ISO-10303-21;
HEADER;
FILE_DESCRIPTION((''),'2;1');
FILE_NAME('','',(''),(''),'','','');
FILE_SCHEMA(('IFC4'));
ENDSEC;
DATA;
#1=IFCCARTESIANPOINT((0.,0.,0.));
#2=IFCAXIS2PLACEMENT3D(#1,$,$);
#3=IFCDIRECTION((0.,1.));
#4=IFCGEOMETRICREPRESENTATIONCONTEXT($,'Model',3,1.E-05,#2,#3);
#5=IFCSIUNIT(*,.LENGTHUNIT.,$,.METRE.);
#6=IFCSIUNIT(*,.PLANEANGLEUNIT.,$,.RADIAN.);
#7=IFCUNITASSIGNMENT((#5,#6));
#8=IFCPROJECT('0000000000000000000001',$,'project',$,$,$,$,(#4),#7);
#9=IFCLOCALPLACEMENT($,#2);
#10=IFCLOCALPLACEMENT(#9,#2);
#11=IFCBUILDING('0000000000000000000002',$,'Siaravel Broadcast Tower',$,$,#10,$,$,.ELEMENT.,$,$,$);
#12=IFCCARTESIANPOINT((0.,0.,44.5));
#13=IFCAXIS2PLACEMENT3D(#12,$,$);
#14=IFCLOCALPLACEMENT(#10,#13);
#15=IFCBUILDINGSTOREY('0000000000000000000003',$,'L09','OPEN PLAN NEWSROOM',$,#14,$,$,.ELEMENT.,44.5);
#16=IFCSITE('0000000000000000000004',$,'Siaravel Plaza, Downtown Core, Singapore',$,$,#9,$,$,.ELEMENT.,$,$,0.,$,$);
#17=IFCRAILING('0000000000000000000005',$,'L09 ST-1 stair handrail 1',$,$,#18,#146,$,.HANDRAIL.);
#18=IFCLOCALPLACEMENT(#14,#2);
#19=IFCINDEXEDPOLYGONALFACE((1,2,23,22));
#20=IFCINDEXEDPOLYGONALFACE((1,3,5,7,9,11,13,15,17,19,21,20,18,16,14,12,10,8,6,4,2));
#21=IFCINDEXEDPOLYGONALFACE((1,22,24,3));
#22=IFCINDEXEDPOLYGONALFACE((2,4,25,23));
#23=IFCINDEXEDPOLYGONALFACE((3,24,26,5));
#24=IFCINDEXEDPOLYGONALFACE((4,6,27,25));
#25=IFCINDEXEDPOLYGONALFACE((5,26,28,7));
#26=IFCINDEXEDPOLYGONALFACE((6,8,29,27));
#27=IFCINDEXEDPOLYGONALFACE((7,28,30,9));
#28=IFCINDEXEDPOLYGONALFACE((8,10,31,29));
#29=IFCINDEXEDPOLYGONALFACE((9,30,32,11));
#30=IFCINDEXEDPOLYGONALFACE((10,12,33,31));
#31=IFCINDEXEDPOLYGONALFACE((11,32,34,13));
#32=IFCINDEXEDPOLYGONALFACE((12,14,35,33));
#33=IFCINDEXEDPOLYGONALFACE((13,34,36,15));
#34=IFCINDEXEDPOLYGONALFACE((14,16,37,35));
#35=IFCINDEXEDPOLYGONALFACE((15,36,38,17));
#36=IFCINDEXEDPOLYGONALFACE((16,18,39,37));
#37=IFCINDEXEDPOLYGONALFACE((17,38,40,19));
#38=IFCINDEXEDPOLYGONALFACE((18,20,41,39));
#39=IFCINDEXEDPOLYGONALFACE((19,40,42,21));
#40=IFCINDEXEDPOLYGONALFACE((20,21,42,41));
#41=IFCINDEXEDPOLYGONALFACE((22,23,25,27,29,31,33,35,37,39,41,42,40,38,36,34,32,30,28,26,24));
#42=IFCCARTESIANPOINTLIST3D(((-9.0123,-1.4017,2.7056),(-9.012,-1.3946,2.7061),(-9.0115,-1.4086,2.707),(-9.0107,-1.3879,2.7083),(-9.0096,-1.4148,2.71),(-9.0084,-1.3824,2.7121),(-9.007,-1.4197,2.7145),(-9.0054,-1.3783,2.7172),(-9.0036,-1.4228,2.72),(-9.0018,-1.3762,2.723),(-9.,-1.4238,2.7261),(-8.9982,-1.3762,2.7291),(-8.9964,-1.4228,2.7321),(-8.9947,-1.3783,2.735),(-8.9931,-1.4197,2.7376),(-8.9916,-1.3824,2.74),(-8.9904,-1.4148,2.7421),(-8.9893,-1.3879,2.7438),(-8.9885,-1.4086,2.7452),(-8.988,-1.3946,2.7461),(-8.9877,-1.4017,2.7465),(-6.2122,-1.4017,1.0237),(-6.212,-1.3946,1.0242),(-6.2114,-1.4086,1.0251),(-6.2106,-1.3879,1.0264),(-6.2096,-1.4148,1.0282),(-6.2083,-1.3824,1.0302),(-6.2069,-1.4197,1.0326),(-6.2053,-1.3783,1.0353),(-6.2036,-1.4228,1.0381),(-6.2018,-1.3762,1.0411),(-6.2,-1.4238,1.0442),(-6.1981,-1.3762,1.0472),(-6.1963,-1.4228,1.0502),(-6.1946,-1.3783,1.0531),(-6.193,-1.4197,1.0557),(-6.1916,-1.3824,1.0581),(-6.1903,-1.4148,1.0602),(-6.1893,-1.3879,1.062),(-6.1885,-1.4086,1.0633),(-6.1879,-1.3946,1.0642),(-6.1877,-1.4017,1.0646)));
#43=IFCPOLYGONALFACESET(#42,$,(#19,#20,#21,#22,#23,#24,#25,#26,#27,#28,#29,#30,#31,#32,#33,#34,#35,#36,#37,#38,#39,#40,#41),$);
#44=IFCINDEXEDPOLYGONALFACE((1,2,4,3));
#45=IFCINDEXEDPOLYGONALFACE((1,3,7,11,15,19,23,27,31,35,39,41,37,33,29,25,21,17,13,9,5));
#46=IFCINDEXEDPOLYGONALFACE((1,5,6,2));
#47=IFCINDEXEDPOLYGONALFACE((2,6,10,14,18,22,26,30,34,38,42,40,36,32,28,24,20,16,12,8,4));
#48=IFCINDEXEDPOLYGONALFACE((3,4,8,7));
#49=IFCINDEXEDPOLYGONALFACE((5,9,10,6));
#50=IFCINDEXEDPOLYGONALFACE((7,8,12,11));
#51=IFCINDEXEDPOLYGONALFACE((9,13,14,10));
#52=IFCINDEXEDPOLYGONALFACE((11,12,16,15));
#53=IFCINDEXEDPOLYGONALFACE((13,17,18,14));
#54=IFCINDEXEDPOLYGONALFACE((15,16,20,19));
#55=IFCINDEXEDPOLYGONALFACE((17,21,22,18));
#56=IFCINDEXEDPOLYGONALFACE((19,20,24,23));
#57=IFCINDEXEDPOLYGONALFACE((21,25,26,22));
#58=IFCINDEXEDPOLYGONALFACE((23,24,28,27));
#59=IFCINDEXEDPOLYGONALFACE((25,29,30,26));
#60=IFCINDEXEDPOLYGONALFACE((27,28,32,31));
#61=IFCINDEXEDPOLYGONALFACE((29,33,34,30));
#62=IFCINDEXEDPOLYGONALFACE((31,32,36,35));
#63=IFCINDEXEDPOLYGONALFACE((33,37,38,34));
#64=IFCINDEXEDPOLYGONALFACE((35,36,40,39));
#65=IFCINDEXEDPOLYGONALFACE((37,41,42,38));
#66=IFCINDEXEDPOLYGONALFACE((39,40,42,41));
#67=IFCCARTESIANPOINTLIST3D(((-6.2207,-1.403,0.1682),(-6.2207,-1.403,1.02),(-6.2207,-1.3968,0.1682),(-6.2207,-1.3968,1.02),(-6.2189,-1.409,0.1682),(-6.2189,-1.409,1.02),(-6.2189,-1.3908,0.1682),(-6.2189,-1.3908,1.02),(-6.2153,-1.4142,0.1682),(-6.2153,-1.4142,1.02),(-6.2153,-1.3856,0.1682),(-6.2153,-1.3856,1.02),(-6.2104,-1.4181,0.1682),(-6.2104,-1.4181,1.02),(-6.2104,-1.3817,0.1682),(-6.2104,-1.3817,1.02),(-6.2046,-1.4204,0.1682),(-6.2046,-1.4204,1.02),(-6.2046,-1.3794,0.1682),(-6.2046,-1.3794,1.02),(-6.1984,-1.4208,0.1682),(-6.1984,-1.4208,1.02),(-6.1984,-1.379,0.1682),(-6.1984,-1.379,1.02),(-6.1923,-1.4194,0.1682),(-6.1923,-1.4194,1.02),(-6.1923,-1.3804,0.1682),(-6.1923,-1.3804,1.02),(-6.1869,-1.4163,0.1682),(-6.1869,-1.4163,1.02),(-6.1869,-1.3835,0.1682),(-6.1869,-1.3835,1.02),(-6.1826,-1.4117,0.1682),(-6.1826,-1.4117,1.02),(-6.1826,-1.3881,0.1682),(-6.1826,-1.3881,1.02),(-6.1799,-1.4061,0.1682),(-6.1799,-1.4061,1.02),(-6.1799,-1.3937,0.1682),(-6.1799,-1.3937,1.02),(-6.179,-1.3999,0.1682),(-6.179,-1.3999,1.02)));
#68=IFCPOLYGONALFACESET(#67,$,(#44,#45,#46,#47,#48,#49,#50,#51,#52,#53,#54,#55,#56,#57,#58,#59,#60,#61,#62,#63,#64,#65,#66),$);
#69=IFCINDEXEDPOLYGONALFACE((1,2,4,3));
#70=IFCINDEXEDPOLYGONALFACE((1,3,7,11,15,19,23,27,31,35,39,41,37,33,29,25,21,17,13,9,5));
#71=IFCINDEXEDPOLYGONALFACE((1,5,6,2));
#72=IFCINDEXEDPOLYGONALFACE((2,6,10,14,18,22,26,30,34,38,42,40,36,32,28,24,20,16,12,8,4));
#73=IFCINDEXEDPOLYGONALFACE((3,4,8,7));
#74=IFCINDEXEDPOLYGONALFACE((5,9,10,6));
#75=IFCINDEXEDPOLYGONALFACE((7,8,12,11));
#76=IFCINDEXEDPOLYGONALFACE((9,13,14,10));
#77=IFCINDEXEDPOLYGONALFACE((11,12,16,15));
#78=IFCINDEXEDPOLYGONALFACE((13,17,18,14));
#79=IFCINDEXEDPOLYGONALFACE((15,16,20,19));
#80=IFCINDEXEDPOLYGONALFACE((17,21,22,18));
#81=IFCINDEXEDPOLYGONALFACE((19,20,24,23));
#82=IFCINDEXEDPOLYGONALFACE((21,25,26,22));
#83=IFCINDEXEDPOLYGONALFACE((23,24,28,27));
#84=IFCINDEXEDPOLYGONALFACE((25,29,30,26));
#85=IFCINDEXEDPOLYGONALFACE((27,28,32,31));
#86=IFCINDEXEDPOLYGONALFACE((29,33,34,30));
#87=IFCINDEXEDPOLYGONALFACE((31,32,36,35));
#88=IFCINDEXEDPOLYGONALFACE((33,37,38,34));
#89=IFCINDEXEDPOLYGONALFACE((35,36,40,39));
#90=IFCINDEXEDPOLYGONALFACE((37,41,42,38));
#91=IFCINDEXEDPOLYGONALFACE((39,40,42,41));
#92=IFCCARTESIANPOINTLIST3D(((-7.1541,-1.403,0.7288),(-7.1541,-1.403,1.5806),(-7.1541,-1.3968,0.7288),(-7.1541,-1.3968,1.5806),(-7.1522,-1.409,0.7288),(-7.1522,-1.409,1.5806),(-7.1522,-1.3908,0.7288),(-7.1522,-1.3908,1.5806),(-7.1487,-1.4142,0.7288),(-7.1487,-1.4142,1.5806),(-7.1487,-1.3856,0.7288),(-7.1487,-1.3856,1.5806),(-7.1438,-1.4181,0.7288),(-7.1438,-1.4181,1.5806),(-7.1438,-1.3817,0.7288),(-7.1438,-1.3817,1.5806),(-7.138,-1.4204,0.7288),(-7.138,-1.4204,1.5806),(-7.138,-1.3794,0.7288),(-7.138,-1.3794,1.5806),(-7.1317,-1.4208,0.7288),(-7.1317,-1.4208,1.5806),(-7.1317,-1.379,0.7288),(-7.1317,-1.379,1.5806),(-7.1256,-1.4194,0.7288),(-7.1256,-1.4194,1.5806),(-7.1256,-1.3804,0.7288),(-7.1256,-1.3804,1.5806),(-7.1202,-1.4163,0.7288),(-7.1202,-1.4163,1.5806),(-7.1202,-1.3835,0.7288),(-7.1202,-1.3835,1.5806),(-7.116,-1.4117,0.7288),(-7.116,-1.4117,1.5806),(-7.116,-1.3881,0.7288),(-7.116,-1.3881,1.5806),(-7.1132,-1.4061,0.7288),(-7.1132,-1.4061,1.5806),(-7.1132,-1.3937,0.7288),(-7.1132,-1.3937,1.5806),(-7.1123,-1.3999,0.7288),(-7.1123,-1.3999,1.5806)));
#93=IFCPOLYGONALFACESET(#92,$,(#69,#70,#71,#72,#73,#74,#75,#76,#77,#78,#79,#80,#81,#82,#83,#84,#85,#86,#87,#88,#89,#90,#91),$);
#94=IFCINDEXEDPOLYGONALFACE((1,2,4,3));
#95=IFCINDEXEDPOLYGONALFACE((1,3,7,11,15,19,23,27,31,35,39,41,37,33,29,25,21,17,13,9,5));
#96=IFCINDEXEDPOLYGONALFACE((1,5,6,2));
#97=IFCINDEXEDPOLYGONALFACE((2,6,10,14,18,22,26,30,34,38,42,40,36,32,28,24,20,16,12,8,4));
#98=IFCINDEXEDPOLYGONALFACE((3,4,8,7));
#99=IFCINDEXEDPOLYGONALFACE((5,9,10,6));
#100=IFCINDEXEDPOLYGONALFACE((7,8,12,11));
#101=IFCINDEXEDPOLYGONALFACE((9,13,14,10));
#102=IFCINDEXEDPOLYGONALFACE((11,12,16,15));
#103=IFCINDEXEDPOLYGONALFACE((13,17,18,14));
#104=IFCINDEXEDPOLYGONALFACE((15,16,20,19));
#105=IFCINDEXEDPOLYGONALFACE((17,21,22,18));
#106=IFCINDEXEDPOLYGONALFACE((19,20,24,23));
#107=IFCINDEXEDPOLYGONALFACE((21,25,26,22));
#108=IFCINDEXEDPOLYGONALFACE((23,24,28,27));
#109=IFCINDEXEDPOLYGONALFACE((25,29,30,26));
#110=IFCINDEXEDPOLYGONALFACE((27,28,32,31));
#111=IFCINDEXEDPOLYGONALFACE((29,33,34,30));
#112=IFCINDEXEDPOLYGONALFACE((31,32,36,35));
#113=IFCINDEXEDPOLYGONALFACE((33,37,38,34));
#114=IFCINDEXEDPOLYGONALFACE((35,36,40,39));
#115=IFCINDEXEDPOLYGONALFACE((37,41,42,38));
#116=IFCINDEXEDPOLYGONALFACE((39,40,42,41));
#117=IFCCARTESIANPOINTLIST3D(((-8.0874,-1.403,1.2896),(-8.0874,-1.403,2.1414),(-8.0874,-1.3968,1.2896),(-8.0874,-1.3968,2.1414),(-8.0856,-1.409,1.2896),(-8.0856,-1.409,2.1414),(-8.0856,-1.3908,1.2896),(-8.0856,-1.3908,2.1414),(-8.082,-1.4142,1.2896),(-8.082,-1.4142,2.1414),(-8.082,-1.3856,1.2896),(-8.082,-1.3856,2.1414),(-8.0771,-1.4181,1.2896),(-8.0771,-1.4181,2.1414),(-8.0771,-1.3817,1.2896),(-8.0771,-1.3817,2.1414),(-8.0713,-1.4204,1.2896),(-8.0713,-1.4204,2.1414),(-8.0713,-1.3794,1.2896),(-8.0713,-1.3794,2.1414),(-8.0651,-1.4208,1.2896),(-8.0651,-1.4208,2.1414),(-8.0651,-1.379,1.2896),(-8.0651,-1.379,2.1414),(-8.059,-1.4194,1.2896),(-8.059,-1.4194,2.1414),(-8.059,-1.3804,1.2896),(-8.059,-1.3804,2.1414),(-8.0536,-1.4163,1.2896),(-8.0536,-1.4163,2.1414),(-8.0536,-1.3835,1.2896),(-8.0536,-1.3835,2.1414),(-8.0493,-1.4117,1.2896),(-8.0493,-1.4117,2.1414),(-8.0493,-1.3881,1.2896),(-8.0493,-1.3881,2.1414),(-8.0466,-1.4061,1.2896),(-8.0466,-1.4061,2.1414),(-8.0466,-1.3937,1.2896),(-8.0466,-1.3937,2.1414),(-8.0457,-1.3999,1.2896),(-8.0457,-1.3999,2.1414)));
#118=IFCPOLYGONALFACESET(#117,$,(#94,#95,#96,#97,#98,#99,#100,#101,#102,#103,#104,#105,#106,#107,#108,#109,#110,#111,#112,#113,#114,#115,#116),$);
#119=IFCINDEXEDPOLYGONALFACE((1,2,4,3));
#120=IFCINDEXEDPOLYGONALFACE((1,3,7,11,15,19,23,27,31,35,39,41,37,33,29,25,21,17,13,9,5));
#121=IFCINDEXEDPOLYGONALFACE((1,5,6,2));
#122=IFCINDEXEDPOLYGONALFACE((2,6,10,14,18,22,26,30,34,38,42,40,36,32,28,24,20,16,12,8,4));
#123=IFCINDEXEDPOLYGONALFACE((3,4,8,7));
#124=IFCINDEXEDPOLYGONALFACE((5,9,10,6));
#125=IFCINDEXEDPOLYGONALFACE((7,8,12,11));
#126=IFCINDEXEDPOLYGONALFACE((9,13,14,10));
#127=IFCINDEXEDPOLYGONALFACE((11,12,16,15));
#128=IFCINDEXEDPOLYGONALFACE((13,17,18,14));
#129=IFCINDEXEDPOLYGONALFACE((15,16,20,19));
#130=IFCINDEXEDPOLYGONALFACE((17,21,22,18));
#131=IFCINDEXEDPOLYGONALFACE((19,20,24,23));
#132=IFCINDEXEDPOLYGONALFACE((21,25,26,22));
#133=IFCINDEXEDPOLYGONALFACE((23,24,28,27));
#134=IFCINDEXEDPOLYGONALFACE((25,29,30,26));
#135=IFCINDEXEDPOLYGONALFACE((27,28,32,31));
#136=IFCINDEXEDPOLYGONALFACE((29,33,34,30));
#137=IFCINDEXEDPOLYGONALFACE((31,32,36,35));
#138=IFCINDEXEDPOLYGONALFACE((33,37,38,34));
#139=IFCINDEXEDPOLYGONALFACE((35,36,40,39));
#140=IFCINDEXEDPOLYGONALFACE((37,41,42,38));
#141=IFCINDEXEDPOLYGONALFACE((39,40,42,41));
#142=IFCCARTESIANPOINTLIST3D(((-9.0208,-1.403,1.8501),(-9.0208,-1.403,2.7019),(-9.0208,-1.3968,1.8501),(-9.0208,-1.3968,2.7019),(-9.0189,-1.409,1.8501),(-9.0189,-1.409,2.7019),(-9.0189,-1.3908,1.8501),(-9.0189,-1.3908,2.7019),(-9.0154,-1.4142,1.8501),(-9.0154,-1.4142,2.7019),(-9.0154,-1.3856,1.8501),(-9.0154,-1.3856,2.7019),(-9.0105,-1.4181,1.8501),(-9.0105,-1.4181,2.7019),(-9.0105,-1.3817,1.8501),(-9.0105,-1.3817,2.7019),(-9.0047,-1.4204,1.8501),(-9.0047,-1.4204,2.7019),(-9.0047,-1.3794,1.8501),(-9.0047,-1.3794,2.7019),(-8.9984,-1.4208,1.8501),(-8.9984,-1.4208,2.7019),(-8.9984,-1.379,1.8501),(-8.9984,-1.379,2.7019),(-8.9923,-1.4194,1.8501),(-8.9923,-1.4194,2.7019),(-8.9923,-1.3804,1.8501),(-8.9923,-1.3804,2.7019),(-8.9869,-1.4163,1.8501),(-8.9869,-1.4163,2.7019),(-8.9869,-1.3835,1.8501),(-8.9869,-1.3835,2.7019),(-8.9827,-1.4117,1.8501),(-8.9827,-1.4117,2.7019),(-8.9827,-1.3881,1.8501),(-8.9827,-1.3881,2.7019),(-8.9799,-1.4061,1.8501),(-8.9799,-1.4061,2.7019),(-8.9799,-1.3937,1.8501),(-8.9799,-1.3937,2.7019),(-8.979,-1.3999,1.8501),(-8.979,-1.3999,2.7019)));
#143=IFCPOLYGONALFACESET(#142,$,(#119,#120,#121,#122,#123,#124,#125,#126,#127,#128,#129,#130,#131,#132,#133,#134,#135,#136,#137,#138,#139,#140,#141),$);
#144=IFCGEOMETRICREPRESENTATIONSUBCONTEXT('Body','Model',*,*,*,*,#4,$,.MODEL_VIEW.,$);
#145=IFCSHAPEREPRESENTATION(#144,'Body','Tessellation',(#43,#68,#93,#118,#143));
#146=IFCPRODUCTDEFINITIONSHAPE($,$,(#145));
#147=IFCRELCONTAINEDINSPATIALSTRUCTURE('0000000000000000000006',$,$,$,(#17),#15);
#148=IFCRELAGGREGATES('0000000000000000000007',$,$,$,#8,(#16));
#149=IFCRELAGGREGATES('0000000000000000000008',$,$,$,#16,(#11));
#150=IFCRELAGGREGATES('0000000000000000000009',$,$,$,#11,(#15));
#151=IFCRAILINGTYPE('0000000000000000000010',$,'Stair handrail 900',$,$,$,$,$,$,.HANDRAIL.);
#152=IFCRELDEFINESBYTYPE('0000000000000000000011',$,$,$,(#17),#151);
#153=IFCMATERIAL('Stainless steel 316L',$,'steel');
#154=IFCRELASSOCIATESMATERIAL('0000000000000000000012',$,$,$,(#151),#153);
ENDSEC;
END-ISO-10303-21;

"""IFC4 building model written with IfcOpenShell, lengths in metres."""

from ifc_helpers import new_model, si_unit, direction, frame, origin, origin_2d, place, context, subcontext, project, spatial, circle, extrude, material, type_object, element, save


model = new_model("IFC4")

# Units and contexts
model_context = context("Model", 3, precision=1e-05, world=origin(), true_north=direction((0.0, 1.0)))
body_context = subcontext(model_context, "Body", "Model", "MODEL_VIEW")
ifc_project = project(units=[si_unit("LENGTHUNIT", "METRE"), si_unit("PLANEANGLEUNIT", "RADIAN")], contexts=[model_context])

# Site, building, storey
site_placement = place(None, origin())
site = spatial("IfcSite", under=ifc_project, at=site_placement, Name="Siaravel Plaza, Downtown Core, Singapore", CompositionType="ELEMENT", RefElevation=0.0)
building_placement = place(site_placement, origin())
building = spatial("IfcBuilding", under=site, at=building_placement, Name="Siaravel Broadcast Tower", CompositionType="ELEMENT")
storey_placement = place(building_placement, frame((0.0, 0.0, 44.5)))
storey = spatial("IfcBuildingStorey", under=building, at=storey_placement, Name="L09", Description="OPEN PLAN NEWSROOM", CompositionType="ELEMENT", Elevation=44.5)

# Railing
ifc_material_1 = material(Name="Stainless steel 316L", Category="steel")
railing_type_1 = type_object("IfcRailingType", Name="Stair handrail 900", PredefinedType="HANDRAIL", material=ifc_material_1)
railing_1_placement = place(storey_placement, frame((-6.2, -1.3999, 0.1682)))
element("IfcRailing", 1, at=railing_1_placement, inside=storey, type_object=railing_type_1, Name="L09 ST-1 stair handrail 1", PredefinedType="HANDRAIL", context=body_context, shape_type="SweptSolid", body=[
    extrude(circle(Radius=0.0239, at=origin_2d()), frame((0.0, 0.0, 0.876), z_axis=(-0.857242, 0.0, 0.514913), x_axis=(0.0, -1.0, 0.0)), (0.0, 0.0, 1.0), 3.2664),
    extrude(circle(Radius=0.021, at=origin_2d()), origin(), (0.0, 0.0, 1.0), 0.8518),
    extrude(circle(Radius=0.021, at=origin_2d()), frame((-0.9333, 0.0, 0.5605)), (0.0, 0.0, 1.0), 0.8518),
    extrude(circle(Radius=0.021, at=origin_2d()), frame((-1.8667, 0.0, 1.1213)), (0.0, 0.0, 1.0), 0.8518),
    extrude(circle(Radius=0.021, at=origin_2d()), frame((-2.8, 0.0, 1.6819)), (0.0, 0.0, 1.0), 0.8518),
])

save(model, "model.ifc")
